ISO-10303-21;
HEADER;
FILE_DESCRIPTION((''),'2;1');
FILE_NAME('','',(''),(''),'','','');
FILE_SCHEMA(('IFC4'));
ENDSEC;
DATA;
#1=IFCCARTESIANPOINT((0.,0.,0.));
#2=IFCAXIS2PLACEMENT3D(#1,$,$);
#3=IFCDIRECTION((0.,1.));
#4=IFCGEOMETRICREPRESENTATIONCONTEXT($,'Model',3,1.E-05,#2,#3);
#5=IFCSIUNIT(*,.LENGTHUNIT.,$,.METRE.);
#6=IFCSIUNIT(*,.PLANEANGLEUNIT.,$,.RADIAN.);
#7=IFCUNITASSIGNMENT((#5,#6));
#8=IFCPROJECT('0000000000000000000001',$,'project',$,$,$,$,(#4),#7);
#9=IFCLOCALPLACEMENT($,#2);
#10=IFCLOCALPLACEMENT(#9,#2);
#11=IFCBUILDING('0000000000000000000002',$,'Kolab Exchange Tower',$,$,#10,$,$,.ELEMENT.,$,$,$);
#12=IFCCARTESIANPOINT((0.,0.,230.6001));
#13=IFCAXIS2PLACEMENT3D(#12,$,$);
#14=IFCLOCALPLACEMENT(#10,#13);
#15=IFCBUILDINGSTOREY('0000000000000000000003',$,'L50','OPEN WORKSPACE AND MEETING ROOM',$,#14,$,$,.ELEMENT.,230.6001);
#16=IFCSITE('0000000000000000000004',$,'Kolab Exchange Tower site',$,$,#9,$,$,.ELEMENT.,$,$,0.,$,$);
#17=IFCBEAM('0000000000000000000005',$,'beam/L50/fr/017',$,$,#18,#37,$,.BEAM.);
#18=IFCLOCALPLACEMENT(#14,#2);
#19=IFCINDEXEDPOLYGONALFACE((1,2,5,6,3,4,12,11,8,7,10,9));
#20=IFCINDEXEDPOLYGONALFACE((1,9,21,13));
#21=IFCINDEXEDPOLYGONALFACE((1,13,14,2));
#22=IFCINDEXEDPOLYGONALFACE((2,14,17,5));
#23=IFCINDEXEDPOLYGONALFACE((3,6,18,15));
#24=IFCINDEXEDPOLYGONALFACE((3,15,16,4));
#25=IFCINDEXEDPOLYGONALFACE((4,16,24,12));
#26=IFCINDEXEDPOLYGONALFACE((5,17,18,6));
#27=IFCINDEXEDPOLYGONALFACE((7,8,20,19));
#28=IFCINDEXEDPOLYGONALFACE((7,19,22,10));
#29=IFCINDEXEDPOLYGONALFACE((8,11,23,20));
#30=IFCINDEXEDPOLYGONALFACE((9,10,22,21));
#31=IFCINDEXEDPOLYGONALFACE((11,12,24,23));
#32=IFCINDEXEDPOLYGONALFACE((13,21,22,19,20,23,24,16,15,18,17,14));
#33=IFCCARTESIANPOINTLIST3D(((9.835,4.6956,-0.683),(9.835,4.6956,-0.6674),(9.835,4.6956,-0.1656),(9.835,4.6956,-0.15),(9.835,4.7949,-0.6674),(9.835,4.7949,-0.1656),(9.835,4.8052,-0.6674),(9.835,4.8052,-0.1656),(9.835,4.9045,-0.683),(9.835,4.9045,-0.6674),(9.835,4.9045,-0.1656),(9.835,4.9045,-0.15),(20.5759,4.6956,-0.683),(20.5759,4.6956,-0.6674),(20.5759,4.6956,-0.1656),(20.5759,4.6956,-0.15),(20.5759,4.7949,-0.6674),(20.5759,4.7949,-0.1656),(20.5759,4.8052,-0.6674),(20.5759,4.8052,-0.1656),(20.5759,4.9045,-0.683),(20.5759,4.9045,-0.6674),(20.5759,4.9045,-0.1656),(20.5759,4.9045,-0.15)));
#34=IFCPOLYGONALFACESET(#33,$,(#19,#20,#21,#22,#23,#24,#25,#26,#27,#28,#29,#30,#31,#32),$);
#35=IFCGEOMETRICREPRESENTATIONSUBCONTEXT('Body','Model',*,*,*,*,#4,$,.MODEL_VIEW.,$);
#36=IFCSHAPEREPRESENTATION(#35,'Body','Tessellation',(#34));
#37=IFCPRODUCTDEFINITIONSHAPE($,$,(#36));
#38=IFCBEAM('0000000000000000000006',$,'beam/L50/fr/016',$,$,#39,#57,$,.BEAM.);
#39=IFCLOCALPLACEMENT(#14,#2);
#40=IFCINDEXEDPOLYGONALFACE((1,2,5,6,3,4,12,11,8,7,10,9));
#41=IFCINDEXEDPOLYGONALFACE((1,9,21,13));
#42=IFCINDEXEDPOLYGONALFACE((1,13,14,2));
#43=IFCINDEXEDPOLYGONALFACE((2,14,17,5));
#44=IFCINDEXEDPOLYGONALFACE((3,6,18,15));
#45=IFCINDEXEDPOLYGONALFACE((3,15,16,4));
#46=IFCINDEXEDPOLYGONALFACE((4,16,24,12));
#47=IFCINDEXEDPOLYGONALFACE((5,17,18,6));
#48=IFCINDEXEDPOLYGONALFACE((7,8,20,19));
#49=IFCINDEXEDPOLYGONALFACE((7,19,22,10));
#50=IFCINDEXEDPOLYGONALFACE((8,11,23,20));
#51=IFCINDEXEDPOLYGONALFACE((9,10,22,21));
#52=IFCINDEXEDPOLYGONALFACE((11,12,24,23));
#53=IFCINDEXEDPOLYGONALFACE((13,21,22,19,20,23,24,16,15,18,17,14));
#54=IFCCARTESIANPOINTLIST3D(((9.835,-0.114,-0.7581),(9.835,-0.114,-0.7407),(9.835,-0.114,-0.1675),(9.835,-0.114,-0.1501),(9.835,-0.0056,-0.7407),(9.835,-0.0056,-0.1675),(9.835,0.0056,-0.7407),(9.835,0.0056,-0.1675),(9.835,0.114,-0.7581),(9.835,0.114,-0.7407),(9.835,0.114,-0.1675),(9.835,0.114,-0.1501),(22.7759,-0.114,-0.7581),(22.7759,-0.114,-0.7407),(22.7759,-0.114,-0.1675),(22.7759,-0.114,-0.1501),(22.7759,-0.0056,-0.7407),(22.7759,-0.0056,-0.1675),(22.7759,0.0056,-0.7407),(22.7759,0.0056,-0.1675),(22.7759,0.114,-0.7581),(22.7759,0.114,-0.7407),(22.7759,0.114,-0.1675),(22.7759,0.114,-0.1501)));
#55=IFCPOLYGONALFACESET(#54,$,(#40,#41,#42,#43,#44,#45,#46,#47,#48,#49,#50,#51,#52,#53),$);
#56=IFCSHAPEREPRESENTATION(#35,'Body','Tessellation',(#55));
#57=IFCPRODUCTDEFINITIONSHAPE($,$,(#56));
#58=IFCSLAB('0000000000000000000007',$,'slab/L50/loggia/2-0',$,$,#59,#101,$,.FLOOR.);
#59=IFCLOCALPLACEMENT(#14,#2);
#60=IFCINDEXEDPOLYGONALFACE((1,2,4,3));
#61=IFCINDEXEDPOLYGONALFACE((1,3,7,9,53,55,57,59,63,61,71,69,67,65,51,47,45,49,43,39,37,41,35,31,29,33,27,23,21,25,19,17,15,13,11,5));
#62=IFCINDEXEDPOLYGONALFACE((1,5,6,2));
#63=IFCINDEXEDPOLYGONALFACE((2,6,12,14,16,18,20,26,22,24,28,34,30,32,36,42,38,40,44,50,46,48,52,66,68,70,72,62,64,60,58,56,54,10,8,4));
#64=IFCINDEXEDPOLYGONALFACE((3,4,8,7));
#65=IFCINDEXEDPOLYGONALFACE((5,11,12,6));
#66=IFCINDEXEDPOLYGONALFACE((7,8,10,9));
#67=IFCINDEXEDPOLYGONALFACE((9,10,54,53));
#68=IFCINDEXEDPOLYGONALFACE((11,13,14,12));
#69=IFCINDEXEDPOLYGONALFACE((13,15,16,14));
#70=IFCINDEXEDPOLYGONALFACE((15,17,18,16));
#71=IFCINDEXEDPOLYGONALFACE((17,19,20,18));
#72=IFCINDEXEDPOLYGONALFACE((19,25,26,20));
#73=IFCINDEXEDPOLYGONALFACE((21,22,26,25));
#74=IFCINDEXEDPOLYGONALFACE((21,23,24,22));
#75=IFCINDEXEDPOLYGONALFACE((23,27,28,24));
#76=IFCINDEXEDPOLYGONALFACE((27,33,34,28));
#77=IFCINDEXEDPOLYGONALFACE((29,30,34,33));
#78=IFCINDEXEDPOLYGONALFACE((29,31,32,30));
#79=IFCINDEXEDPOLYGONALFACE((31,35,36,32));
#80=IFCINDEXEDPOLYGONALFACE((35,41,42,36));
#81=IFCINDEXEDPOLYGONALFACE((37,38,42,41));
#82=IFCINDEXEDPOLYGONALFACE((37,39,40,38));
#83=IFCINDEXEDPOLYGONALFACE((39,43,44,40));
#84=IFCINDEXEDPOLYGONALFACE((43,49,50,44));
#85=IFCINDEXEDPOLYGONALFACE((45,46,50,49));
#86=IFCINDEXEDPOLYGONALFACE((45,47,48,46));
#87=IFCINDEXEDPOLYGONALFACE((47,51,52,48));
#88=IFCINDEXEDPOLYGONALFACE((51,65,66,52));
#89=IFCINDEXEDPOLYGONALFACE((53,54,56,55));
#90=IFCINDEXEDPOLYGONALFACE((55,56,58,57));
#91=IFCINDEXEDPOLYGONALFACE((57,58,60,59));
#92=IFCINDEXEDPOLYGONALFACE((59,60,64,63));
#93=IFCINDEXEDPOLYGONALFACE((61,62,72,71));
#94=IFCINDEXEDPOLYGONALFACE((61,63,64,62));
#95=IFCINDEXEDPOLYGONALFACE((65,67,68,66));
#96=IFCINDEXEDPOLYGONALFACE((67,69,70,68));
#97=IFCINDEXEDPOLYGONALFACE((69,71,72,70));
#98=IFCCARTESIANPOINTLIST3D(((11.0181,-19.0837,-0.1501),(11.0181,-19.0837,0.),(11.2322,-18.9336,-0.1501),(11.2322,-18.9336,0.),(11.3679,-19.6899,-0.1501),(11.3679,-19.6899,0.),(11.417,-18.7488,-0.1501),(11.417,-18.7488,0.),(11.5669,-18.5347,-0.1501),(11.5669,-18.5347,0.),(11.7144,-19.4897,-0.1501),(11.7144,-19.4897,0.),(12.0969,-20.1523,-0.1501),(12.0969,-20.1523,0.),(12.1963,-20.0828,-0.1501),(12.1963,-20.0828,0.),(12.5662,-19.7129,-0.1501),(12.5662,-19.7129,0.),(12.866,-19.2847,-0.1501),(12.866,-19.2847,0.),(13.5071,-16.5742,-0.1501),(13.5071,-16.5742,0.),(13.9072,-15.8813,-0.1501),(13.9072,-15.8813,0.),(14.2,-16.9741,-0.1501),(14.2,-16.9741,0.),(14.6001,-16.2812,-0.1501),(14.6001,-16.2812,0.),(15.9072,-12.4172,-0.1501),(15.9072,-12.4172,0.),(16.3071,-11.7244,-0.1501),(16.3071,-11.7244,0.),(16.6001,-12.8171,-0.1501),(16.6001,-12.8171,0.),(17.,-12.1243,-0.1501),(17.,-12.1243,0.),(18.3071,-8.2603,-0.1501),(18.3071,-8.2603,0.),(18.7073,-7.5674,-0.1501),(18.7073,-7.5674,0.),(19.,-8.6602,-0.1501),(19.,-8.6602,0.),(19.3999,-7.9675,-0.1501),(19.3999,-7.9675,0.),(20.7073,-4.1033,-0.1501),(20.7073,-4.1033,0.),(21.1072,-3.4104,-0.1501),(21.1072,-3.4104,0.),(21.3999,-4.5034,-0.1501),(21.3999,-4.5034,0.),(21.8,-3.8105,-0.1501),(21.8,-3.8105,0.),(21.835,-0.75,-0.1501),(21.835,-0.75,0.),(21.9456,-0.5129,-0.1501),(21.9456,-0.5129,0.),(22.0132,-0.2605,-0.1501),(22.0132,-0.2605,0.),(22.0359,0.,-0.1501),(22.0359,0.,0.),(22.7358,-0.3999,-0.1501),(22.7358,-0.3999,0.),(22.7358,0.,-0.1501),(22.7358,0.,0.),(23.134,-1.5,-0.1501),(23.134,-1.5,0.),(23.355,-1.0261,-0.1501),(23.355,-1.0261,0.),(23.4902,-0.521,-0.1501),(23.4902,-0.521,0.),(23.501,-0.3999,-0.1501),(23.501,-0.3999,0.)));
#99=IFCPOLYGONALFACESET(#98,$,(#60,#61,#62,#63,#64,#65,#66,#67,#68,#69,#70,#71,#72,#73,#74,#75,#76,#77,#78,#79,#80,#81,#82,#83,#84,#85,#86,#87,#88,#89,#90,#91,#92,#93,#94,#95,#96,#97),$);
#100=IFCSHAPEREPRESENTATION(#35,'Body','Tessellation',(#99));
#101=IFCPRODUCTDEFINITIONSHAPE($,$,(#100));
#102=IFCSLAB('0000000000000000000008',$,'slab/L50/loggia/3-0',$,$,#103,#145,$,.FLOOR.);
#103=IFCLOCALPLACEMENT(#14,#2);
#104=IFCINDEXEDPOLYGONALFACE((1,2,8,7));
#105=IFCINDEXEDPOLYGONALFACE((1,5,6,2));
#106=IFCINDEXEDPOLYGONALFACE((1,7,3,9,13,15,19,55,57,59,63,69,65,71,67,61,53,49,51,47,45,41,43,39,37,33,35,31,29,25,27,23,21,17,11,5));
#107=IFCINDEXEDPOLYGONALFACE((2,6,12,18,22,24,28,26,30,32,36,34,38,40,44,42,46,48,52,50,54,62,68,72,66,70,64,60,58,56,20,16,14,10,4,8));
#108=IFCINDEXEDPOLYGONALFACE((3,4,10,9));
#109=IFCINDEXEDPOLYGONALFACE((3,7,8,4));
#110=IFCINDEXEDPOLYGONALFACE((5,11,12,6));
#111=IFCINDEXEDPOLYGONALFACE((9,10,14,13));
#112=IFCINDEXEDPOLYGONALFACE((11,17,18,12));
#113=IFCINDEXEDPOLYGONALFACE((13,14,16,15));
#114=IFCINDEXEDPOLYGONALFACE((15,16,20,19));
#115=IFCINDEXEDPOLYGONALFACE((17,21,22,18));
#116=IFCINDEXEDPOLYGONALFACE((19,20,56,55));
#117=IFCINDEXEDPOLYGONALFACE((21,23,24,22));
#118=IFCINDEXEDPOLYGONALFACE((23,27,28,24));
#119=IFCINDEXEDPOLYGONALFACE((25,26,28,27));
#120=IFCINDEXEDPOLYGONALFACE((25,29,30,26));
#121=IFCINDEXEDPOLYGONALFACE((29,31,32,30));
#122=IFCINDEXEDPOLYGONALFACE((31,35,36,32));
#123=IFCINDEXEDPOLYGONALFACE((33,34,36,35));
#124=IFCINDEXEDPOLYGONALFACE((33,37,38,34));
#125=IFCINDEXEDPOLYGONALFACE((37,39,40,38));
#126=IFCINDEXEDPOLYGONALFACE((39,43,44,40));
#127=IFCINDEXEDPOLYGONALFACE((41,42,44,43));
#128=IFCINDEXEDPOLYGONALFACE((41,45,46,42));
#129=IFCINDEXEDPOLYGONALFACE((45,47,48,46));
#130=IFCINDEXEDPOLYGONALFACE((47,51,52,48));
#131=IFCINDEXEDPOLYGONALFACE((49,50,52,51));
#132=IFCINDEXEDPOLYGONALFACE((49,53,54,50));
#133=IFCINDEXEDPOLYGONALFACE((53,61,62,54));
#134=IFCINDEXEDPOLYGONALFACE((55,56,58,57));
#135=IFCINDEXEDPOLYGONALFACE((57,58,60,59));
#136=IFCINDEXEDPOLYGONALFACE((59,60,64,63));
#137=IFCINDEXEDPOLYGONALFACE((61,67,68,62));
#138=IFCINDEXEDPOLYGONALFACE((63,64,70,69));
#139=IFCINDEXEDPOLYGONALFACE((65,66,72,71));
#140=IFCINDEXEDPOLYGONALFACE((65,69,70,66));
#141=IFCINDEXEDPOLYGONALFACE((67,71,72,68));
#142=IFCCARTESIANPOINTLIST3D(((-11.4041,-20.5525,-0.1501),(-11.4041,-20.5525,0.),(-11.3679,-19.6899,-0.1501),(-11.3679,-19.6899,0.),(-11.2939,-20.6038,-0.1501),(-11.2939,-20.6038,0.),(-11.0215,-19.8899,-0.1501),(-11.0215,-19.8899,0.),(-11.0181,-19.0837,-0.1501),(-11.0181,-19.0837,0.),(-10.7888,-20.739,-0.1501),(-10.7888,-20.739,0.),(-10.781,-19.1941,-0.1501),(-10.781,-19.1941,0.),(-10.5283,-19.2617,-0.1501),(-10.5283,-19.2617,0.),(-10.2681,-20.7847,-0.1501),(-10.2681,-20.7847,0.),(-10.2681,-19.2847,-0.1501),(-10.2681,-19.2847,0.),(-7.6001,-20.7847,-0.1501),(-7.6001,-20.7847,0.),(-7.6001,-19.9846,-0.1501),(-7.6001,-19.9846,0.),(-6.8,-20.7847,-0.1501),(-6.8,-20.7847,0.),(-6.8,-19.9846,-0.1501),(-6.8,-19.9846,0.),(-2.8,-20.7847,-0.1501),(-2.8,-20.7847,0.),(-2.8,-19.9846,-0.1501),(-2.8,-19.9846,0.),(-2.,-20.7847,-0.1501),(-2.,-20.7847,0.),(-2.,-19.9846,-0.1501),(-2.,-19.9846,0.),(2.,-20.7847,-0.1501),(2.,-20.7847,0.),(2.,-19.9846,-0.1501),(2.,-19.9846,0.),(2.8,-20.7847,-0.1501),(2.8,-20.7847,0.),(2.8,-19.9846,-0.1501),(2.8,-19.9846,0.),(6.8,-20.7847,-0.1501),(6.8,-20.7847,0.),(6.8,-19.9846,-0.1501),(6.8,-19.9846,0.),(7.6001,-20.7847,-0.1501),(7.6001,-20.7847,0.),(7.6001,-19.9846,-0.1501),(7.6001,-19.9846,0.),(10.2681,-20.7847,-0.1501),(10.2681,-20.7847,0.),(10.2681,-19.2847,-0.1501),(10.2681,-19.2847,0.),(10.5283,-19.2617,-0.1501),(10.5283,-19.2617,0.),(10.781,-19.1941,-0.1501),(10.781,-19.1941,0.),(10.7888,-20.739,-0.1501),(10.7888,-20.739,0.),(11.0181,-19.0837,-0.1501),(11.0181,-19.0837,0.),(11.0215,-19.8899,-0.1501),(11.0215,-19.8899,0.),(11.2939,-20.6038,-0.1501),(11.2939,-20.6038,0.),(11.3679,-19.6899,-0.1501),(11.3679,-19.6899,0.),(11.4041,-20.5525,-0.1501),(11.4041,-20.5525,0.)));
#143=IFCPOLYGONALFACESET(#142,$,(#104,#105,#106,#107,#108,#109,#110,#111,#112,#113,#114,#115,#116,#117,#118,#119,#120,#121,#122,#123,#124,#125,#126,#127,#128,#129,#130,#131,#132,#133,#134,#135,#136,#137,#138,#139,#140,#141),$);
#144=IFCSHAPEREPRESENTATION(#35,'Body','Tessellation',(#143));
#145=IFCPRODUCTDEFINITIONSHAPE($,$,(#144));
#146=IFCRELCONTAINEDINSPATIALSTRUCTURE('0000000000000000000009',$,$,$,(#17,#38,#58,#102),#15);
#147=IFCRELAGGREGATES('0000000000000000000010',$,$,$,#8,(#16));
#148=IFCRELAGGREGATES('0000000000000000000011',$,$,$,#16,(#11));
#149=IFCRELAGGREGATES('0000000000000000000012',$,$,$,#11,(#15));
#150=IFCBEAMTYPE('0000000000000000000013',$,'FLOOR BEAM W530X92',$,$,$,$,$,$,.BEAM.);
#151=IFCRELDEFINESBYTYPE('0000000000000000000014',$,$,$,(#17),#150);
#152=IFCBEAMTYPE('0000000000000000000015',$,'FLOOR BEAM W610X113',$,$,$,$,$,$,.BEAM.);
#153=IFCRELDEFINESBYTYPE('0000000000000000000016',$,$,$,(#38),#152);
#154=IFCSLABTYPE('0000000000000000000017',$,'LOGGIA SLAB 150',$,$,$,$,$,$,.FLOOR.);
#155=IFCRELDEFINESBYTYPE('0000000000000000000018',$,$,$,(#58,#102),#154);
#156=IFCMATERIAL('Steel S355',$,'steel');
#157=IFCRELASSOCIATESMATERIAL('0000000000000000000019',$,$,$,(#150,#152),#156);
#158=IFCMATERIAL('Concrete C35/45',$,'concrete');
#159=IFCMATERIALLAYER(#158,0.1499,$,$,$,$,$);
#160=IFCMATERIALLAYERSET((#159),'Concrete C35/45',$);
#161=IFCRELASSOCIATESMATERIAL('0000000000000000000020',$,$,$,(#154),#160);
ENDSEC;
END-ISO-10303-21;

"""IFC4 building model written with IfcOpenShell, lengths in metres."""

from ifc_helpers import new_model, si_unit, direction, frame, origin, origin_2d, place, context, subcontext, project, spatial, polyline, i_section, outline, extrude, material, layer, layer_set, material_profile, profile_set, type_object, element, save


model = new_model("IFC4")

# Units and contexts
model_context = context("Model", 3, precision=1e-05, world=origin(), true_north=direction((0.0, 1.0)))
body_context = subcontext(model_context, "Body", "Model", "MODEL_VIEW")
ifc_project = project(units=[si_unit("LENGTHUNIT", "METRE"), si_unit("PLANEANGLEUNIT", "RADIAN")], contexts=[model_context])

# Site, building, storey
site_placement = place(None, origin())
site = spatial("IfcSite", under=ifc_project, at=site_placement, Name="Kolab Exchange Tower site", CompositionType="ELEMENT", RefElevation=0.0)
building_placement = place(site_placement, origin())
building = spatial("IfcBuilding", under=site, at=building_placement, Name="Kolab Exchange Tower", CompositionType="ELEMENT")
storey_placement = place(building_placement, frame((0.0, 0.0, 230.6001)))
storey = spatial("IfcBuildingStorey", under=building, at=storey_placement, Name="L50", Description="OPEN WORKSPACE AND MEETING ROOM", CompositionType="ELEMENT", Elevation=230.6001)

# Beams
ifc_material_1 = material(Name="Steel S355", Category="steel")
ifc_material_profile_1 = material_profile(ifc_material_1, i_section(OverallWidth=0.209, OverallDepth=0.533, WebThickness=0.0103, FlangeThickness=0.0156, at=origin_2d()), Name="W530X92")
ifc_profile_set_1 = profile_set([ifc_material_profile_1], Name="Steel S355")
beam_type_1 = type_object("IfcBeamType", Name="FLOOR BEAM W530X92", PredefinedType="BEAM", material=ifc_profile_set_1)
beam_1_placement = place(storey_placement, frame((9.835, 4.8, -0.4165), z_axis=(1.0, 0.0, 0.0), x_axis=(0.0, 1.0, 0.0)))
element("IfcBeam", 1, at=beam_1_placement, inside=storey, type_object=beam_type_1, Name="beam/L50/fr/017", PredefinedType="BEAM", context=body_context, shape_type="SweptSolid", body=[
    extrude(i_section(OverallWidth=0.209, OverallDepth=0.533, WebThickness=0.0103, FlangeThickness=0.0156, at=origin_2d()), origin(), (0.0, 0.0, 1.0), 10.741),
])
ifc_material_profile_2 = material_profile(ifc_material_1, i_section(OverallWidth=0.228, OverallDepth=0.6079, WebThickness=0.0112, FlangeThickness=0.0173, at=origin_2d()), Name="W610X113")
ifc_profile_set_2 = profile_set([ifc_material_profile_2], Name="Steel S355")
beam_type_2 = type_object("IfcBeamType", Name="FLOOR BEAM W610X113", PredefinedType="BEAM", material=ifc_profile_set_2)
beam_2_placement = place(storey_placement, frame((9.835, 0.0, -0.4541), z_axis=(1.0, 0.0, 0.0), x_axis=(0.0, 1.0, 0.0)))
element("IfcBeam", 2, at=beam_2_placement, inside=storey, type_object=beam_type_2, Name="beam/L50/fr/016", PredefinedType="BEAM", context=body_context, shape_type="SweptSolid", body=[
    extrude(i_section(OverallWidth=0.228, OverallDepth=0.6079, WebThickness=0.0112, FlangeThickness=0.0173, at=origin_2d()), origin(), (0.0, 0.0, 1.0), 12.9409),
])

# Slabs
ifc_material_2 = material(Name="Concrete C35/45", Category="concrete")
ifc_layer_1 = layer(ifc_material_2, 0.1499)
ifc_layer_set_1 = layer_set([ifc_layer_1], Name="Concrete C35/45")
slab_type_1 = type_object("IfcSlabType", Name="LOGGIA SLAB 150", PredefinedType="FLOOR", material=ifc_layer_set_1)
slab_1_placement = place(storey_placement, frame((0.0, 0.0, -0.1501)))
element("IfcSlab", 3, at=slab_1_placement, inside=storey, type_object=slab_type_1, Name="slab/L50/loggia/2-0", PredefinedType="FLOOR", context=body_context, shape_type="SweptSolid", body=[
    extrude(outline(polyline([(12.866, -19.2847), (14.2, -16.9741), (13.5071, -16.5742), (13.9072, -15.8813), (14.6001, -16.2812), (16.6001, -12.8171), (15.9072, -12.4172), (16.3071, -11.7244), (17.0, -12.1243), (19.0, -8.6602), (18.3071, -8.2603), (18.7073, -7.5674), (19.3999, -7.9675), (21.3999, -4.5034), (20.7073, -4.1033), (21.1072, -3.4104), (21.8, -3.8105), (23.134, -1.5), (23.355, -1.0261), (23.4902, -0.521), (23.501, -0.3999), (22.7358, -0.3999), (22.7358, 0.0), (22.0359, 0.0), (22.0132, -0.2605), (21.9456, -0.5129), (21.835, -0.75), (11.5669, -18.5347), (11.417, -18.7488), (11.2322, -18.9336), (11.0181, -19.0837), (11.3679, -19.6899), (11.7144, -19.4897), (12.0969, -20.1523), (12.1963, -20.0828), (12.5662, -19.7129), (12.866, -19.2847)])), origin(), (0.0, 0.0, 1.0), 0.1501),
])
slab_2_placement = place(storey_placement, frame((0.0, 0.0, -0.1501)))
element("IfcSlab", 4, at=slab_2_placement, inside=storey, type_object=slab_type_1, Name="slab/L50/loggia/3-0", PredefinedType="FLOOR", context=body_context, shape_type="SweptSolid", body=[
    extrude(outline(polyline([(-11.0181, -19.0837), (-11.3679, -19.6899), (-11.0215, -19.8899), (-11.4041, -20.5525), (-11.2939, -20.6038), (-10.7888, -20.739), (-10.2681, -20.7847), (-7.6001, -20.7847), (-7.6001, -19.9846), (-6.8, -19.9846), (-6.8, -20.7847), (-2.8, -20.7847), (-2.8, -19.9846), (-2.0, -19.9846), (-2.0, -20.7847), (2.0, -20.7847), (2.0, -19.9846), (2.8, -19.9846), (2.8, -20.7847), (6.8, -20.7847), (6.8, -19.9846), (7.6001, -19.9846), (7.6001, -20.7847), (10.2681, -20.7847), (10.7888, -20.739), (11.2939, -20.6038), (11.4041, -20.5525), (11.0215, -19.8899), (11.3679, -19.6899), (11.0181, -19.0837), (10.781, -19.1941), (10.5283, -19.2617), (10.2681, -19.2847), (-10.2681, -19.2847), (-10.5283, -19.2617), (-10.781, -19.1941), (-11.0181, -19.0837)])), origin(), (0.0, 0.0, 1.0), 0.1501),
])

save(model, "model.ifc")
